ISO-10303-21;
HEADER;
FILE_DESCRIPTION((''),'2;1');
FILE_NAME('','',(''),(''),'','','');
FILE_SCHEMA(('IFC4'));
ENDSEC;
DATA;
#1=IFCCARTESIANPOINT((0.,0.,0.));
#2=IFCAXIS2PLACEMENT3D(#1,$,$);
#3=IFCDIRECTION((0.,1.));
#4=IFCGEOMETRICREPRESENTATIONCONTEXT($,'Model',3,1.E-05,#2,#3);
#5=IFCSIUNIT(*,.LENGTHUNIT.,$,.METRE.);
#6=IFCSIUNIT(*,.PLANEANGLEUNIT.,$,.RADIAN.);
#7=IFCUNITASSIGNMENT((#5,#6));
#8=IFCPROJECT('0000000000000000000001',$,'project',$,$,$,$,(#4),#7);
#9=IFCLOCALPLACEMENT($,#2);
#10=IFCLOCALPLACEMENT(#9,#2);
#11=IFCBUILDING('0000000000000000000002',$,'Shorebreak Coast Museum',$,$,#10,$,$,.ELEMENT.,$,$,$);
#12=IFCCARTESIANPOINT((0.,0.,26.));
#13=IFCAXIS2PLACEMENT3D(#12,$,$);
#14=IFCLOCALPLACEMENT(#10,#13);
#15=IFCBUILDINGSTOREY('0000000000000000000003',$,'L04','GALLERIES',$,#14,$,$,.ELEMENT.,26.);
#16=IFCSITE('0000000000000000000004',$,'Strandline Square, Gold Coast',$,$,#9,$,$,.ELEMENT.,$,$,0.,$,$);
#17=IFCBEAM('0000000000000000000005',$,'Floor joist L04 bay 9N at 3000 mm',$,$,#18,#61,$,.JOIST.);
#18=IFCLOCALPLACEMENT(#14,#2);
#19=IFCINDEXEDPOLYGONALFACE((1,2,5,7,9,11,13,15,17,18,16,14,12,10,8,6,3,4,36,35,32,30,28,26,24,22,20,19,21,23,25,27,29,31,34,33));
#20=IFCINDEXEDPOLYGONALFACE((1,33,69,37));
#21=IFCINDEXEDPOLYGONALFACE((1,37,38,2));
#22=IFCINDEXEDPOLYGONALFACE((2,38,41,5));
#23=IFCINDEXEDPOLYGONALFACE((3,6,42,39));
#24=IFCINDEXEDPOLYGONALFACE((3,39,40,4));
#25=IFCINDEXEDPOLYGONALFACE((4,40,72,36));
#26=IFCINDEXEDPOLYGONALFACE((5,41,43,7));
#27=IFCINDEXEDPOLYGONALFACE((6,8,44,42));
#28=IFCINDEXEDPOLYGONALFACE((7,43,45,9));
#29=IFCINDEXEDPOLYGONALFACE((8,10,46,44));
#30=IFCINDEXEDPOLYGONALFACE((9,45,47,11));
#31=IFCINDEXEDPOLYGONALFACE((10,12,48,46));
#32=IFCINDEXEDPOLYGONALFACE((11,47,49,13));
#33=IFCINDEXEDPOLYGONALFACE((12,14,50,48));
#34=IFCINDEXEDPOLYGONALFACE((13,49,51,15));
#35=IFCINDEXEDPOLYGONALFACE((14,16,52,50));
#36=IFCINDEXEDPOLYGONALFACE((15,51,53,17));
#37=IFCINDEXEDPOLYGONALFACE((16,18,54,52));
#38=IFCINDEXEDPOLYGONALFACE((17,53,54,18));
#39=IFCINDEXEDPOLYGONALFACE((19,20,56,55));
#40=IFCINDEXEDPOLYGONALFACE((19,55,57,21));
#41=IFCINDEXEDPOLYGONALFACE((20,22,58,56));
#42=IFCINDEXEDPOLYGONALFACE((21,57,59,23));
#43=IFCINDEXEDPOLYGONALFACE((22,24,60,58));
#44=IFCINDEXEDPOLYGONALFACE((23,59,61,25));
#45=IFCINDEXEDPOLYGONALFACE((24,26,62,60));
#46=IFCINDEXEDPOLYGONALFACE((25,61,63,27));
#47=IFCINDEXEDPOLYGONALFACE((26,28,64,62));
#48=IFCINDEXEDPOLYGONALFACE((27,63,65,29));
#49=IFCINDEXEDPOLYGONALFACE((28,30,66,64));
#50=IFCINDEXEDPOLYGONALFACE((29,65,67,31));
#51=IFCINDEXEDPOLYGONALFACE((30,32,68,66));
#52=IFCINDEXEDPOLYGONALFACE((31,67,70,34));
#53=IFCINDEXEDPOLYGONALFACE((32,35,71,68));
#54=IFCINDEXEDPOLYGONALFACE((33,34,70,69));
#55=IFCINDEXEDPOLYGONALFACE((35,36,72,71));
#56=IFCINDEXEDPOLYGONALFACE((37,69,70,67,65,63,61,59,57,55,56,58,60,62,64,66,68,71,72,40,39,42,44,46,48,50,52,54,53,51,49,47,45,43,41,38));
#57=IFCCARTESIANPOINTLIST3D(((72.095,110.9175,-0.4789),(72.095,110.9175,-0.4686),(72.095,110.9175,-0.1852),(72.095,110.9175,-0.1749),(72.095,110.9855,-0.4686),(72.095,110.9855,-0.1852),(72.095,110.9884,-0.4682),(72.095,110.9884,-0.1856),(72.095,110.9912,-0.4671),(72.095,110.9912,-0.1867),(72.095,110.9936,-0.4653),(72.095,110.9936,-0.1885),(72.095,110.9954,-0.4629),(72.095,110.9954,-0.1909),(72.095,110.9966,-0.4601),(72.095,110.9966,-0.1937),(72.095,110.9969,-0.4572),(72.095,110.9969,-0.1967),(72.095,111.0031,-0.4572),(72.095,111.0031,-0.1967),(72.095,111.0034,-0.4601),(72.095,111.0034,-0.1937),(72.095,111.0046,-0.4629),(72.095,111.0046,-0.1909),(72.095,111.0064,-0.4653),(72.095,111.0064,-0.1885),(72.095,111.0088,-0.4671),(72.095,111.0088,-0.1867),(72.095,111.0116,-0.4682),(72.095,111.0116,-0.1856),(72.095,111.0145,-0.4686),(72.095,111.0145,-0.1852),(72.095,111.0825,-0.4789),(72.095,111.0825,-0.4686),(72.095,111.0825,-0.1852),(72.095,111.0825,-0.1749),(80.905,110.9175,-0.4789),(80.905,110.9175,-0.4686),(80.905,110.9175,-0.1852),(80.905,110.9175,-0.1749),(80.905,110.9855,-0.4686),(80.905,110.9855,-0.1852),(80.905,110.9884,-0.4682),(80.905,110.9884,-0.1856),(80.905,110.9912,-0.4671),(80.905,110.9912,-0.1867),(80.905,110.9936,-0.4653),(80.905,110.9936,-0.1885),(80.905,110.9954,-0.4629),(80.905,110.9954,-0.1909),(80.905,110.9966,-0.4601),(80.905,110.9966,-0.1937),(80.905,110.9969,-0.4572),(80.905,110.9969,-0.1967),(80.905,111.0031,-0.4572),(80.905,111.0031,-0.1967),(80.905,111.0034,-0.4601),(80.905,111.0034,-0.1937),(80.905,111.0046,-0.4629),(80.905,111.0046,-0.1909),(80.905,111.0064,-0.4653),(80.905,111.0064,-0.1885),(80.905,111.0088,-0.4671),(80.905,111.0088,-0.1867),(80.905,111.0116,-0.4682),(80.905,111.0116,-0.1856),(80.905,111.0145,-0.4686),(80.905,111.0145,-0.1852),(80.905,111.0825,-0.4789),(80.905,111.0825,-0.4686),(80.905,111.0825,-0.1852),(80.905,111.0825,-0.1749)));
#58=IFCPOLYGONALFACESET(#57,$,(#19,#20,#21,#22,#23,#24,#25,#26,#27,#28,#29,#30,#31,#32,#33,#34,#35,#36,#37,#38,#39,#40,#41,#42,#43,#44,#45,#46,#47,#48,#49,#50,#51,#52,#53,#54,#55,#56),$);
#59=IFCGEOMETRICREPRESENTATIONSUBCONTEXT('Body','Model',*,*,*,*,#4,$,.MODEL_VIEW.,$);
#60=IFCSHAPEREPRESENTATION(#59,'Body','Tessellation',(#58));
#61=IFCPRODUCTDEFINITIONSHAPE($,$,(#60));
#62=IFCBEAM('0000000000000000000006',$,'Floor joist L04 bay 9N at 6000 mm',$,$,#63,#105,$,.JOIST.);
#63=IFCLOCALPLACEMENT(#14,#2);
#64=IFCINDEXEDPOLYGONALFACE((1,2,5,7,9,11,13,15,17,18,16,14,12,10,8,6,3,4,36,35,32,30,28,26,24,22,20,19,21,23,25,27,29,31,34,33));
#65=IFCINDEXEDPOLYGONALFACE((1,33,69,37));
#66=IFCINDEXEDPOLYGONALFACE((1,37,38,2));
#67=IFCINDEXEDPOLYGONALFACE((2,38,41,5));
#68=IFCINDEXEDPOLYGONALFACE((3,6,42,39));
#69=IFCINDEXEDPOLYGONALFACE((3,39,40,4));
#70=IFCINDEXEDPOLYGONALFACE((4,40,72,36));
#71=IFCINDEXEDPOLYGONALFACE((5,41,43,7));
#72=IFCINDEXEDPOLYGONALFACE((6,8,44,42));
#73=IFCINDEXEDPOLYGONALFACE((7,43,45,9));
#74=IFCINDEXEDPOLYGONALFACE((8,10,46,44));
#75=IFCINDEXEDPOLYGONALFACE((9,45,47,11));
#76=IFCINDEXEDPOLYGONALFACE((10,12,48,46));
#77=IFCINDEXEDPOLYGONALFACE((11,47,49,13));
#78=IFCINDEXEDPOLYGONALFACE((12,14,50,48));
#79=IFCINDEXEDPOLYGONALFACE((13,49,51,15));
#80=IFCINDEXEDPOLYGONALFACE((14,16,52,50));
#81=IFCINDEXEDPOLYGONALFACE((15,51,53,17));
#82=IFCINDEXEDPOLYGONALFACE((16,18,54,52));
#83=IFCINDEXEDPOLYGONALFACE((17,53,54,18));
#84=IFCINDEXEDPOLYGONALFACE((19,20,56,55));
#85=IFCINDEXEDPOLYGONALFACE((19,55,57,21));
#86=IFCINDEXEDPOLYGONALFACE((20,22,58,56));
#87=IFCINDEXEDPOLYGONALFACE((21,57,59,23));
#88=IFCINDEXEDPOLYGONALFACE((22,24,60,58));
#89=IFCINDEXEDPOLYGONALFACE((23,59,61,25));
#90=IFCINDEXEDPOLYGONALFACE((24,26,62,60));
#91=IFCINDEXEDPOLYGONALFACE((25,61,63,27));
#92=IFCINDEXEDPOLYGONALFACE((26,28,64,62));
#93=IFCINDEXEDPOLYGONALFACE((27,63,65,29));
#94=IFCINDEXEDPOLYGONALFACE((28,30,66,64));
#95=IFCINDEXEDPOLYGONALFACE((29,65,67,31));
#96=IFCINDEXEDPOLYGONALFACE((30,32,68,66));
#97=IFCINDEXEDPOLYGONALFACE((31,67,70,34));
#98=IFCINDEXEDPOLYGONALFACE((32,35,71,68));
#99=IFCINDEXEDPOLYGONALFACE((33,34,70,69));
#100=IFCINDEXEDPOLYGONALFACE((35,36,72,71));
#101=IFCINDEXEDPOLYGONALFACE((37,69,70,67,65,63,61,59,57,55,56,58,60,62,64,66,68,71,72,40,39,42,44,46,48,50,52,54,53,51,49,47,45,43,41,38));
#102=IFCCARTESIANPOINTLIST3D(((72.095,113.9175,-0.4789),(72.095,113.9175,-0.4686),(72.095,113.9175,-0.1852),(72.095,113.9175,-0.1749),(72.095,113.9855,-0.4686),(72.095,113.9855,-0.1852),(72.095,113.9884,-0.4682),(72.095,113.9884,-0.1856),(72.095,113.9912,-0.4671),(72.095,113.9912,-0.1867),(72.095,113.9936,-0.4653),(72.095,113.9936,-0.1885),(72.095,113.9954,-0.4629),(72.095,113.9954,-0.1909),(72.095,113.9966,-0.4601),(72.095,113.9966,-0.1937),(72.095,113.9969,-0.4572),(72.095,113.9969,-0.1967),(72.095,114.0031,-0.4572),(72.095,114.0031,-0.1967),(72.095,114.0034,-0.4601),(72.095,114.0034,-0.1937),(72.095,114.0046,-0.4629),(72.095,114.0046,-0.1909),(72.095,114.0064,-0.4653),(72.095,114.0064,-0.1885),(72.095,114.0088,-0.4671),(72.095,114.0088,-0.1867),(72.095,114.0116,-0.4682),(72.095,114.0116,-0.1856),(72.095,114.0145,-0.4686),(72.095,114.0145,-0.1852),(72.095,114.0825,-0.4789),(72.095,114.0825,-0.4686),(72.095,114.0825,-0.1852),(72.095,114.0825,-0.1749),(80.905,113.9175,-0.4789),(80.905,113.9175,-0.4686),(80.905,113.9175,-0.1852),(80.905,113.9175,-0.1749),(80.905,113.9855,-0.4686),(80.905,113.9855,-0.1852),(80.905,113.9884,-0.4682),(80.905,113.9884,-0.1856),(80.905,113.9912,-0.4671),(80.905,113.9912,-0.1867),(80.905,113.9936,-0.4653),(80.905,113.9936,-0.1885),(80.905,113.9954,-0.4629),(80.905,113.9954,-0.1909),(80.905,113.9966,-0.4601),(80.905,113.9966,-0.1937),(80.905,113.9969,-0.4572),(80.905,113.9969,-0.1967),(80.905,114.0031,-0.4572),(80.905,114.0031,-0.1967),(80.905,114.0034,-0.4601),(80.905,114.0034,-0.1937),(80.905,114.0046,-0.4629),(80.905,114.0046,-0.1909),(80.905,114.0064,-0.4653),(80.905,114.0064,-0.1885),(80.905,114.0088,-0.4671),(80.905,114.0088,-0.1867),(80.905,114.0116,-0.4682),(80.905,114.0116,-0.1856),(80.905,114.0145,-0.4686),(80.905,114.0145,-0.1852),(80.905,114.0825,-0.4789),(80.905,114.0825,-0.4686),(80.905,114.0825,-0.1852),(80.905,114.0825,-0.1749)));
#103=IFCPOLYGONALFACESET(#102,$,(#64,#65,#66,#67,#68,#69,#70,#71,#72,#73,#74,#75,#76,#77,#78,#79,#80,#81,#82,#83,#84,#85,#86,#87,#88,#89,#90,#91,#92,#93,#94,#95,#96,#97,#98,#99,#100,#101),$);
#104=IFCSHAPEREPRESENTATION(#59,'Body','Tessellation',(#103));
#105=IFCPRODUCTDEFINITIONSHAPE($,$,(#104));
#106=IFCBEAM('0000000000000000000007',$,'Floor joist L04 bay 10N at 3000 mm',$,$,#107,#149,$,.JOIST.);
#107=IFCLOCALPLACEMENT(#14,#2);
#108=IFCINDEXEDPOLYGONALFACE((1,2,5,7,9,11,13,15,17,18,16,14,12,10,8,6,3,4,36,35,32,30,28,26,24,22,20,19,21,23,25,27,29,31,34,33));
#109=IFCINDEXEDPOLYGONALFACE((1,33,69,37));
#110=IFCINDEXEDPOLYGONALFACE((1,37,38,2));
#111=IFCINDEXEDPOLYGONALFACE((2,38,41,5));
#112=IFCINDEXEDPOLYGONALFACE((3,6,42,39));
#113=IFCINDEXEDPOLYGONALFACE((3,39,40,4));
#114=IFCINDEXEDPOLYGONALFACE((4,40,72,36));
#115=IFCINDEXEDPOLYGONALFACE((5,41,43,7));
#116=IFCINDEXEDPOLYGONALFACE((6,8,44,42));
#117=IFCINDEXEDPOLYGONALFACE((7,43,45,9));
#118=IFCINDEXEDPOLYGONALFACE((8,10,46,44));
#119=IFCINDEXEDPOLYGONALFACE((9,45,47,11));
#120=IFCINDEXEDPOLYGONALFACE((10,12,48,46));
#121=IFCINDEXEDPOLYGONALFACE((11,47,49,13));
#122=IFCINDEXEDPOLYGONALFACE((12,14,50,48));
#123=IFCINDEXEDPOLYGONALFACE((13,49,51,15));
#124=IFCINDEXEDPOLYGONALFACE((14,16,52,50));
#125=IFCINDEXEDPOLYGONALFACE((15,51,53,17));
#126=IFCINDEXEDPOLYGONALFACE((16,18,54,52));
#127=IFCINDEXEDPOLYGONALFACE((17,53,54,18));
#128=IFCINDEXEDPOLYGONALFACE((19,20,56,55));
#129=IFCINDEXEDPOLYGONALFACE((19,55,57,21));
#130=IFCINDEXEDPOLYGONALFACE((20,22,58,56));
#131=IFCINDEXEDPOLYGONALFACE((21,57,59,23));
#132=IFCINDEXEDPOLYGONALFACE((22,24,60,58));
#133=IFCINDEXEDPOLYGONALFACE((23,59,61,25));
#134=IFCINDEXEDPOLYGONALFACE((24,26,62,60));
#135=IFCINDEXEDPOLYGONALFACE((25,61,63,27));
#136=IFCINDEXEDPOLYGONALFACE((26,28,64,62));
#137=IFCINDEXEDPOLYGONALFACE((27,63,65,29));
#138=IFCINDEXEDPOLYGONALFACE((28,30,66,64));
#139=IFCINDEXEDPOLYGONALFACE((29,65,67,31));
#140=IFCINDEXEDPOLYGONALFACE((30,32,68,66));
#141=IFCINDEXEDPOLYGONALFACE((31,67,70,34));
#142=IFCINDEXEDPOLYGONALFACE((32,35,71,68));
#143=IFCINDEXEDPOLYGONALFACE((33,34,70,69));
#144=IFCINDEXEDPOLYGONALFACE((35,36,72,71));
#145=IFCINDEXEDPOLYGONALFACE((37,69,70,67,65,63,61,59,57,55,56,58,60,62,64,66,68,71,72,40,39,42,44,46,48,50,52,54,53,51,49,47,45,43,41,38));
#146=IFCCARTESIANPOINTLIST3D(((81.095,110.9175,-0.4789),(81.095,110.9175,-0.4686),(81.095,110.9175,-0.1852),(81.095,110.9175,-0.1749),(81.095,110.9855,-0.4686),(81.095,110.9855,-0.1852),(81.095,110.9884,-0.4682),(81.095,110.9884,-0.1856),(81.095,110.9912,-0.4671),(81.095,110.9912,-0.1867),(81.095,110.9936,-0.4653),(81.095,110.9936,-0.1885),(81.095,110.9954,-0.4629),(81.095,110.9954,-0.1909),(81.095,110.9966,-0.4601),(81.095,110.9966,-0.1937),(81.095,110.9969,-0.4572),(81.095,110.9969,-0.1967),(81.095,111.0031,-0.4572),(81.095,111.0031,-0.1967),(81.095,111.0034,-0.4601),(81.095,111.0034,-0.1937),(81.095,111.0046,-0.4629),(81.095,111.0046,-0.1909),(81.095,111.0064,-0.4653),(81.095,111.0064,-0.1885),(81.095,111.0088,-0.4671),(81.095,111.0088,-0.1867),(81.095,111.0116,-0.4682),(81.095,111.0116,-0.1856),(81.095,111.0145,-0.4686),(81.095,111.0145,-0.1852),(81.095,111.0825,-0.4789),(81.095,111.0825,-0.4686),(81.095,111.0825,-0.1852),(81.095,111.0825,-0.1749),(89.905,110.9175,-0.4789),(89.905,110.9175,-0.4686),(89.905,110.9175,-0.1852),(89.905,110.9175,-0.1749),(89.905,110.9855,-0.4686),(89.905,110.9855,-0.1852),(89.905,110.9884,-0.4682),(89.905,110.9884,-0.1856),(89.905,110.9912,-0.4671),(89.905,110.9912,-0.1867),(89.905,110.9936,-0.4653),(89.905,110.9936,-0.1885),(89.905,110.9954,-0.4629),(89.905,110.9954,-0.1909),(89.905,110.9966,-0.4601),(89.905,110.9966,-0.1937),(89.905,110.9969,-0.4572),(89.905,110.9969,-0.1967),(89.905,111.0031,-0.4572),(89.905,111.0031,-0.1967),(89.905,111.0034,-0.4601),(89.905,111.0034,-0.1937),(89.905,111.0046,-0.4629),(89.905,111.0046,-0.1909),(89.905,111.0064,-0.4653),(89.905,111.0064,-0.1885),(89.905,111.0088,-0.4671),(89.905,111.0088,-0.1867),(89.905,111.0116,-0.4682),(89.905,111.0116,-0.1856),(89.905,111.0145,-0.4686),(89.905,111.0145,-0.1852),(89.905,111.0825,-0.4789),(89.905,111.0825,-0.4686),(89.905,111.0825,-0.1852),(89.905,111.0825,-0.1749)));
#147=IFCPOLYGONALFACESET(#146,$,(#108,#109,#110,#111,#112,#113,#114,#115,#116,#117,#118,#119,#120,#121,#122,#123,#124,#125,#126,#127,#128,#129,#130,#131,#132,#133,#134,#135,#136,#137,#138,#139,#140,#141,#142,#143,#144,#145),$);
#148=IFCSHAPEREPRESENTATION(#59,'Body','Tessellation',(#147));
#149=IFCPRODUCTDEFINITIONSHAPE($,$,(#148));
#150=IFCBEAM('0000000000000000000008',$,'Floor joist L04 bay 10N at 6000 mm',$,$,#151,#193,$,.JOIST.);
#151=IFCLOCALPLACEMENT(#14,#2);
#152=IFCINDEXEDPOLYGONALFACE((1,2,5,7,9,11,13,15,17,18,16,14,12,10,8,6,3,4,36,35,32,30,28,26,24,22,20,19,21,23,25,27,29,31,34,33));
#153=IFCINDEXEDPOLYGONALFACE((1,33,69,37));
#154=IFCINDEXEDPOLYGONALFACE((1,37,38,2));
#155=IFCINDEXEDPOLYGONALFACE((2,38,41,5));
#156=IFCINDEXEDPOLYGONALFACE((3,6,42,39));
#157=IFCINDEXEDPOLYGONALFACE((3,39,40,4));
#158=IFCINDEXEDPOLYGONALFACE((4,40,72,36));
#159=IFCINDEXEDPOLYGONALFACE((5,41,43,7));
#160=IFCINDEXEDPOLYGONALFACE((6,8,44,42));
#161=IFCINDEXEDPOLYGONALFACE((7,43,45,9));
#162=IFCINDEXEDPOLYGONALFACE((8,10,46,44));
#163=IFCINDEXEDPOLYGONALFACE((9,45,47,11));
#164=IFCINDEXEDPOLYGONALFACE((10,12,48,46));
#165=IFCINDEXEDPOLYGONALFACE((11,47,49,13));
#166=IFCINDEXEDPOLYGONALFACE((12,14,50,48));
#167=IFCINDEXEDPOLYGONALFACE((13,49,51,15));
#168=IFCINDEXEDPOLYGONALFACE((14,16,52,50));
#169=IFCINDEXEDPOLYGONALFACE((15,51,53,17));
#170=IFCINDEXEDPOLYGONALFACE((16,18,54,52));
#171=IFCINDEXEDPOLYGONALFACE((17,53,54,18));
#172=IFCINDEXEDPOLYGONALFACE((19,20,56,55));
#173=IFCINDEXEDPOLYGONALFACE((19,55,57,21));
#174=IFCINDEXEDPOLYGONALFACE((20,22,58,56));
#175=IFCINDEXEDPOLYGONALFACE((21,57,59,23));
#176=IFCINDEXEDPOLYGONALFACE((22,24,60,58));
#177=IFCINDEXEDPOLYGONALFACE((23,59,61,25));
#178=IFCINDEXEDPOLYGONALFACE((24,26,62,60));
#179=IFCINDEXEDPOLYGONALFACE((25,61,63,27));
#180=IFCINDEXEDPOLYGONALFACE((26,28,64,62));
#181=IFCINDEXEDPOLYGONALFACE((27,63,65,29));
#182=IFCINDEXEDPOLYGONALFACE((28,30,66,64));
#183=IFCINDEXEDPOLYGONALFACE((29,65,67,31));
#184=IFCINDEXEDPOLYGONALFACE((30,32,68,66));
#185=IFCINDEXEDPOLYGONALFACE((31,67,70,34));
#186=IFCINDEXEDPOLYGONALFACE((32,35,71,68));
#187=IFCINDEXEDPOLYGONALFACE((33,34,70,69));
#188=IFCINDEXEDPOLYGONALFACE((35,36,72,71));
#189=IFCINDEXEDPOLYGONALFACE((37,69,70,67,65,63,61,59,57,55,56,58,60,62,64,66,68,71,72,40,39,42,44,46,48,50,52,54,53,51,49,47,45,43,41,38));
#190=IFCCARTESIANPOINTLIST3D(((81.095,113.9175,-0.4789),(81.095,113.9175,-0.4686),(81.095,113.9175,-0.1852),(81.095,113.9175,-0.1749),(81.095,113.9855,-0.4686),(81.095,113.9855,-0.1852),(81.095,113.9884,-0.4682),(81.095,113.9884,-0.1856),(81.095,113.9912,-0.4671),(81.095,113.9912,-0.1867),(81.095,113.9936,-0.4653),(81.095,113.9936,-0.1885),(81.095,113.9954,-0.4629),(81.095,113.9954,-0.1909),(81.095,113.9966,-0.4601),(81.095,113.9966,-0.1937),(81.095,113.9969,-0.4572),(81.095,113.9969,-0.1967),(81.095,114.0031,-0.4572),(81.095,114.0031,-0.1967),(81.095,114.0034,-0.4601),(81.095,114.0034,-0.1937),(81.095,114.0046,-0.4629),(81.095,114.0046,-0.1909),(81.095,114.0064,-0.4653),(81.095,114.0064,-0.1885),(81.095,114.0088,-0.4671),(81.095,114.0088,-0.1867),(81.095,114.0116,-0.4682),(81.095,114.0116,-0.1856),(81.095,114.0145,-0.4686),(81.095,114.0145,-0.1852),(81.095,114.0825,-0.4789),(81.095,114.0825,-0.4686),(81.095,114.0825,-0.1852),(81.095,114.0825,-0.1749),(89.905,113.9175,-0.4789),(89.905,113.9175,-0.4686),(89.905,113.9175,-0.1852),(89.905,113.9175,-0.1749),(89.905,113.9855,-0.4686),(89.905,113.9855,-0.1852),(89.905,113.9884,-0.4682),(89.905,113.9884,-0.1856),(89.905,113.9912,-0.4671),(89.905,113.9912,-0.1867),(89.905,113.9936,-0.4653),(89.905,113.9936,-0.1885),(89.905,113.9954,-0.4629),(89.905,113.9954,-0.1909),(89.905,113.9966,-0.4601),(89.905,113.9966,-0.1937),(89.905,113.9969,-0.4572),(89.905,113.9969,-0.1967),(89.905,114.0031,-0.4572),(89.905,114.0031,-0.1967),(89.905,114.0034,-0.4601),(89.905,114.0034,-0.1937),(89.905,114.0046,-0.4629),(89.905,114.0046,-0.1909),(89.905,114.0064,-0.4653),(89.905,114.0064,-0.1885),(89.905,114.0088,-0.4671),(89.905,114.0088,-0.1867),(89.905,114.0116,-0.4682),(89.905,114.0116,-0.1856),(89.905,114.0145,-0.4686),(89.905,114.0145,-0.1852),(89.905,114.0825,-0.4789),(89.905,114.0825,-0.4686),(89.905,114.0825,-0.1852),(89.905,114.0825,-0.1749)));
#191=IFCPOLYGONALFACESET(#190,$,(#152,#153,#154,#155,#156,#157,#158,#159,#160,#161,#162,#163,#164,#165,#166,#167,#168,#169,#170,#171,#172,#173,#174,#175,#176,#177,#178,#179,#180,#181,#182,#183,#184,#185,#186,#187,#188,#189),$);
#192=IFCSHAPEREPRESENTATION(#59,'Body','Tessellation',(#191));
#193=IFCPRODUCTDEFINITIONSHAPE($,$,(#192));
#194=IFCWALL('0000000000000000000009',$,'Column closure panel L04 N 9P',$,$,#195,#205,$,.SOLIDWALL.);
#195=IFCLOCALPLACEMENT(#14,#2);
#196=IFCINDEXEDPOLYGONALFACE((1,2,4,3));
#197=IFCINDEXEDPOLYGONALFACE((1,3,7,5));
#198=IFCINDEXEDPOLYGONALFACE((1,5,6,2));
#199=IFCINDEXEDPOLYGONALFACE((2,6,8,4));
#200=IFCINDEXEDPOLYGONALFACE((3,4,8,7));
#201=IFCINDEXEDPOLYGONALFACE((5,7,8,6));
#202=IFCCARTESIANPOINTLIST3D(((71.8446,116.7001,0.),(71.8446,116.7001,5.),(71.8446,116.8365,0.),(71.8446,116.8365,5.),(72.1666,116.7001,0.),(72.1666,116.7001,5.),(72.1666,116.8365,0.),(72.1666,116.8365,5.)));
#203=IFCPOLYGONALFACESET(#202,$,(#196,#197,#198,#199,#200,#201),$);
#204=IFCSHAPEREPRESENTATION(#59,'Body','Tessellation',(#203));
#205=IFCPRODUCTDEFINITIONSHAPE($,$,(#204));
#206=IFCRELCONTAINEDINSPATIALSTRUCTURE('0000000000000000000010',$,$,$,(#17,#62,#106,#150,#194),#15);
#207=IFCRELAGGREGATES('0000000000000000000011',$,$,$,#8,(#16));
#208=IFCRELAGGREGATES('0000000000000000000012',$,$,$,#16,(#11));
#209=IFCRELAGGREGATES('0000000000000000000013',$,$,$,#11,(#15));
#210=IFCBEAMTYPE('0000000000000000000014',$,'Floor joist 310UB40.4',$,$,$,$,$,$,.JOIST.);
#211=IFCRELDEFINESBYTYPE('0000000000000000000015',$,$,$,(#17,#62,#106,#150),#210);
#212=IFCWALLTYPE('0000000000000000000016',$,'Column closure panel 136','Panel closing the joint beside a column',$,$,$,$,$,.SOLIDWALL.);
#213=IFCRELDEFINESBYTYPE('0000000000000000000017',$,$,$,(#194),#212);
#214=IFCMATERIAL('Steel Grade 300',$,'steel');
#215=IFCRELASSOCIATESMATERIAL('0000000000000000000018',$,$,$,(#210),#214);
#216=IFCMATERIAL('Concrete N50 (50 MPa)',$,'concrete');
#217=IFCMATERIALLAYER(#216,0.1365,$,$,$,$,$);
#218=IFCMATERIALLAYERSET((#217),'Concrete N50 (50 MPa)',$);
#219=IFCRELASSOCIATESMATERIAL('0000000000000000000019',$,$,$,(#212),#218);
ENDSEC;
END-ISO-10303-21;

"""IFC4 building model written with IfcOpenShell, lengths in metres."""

from ifc_helpers import new_model, si_unit, direction, frame, frame_2d, origin, origin_2d, place, context, subcontext, project, spatial, rectangle, i_section, extrude, material, layer, layer_set, material_profile, profile_set, type_object, element, save


model = new_model("IFC4")

# Units and contexts
model_context = context("Model", 3, precision=1e-05, world=origin(), true_north=direction((0.0, 1.0)))
body_context = subcontext(model_context, "Body", "Model", "MODEL_VIEW")
ifc_project = project(units=[si_unit("LENGTHUNIT", "METRE"), si_unit("PLANEANGLEUNIT", "RADIAN")], contexts=[model_context])

# Site, building, storey
site_placement = place(None, origin())
site = spatial("IfcSite", under=ifc_project, at=site_placement, Name="Strandline Square, Gold Coast", CompositionType="ELEMENT", RefElevation=0.0)
building_placement = place(site_placement, origin())
building = spatial("IfcBuilding", under=site, at=building_placement, Name="Shorebreak Coast Museum", CompositionType="ELEMENT")
storey_placement = place(building_placement, frame((0.0, 0.0, 26.0)))
storey = spatial("IfcBuildingStorey", under=building, at=storey_placement, Name="L04", Description="GALLERIES", CompositionType="ELEMENT", Elevation=26.0)

# Beams
ifc_material_1 = material(Name="Steel Grade 300", Category="steel")
ifc_material_profile_1 = material_profile(ifc_material_1, i_section(OverallWidth=0.165, OverallDepth=0.304, WebThickness=0.0061, FlangeThickness=0.0103, FilletRadius=0.0115, at=origin_2d()), Name="310UB40.4")
ifc_profile_set_1 = profile_set([ifc_material_profile_1], Name="Steel Grade 300")
beam_type_1 = type_object("IfcBeamType", Name="Floor joist 310UB40.4", PredefinedType="JOIST", material=ifc_profile_set_1)
for number, where, z_axis, x_axis, name in (
    (1, (72.095, 111.0, -0.3269), (1.0, 0.0, 0.0), (0.0, 1.0, 0.0), "Floor joist L04 bay 9N at 3000 mm"),
    (2, (72.095, 114.0, -0.3269), (1.0, 0.0, 0.0), (0.0, 1.0, 0.0), "Floor joist L04 bay 9N at 6000 mm"),
    (3, (81.095, 111.0, -0.3269), (1.0, 0.0, 0.0), (0.0, 1.0, 0.0), "Floor joist L04 bay 10N at 3000 mm"),
    (4, (81.095, 114.0, -0.3269), (1.0, 0.0, 0.0), (0.0, 1.0, 0.0), "Floor joist L04 bay 10N at 6000 mm"),
):
    element("IfcBeam", number, at=place(storey_placement, frame(where, z_axis=z_axis, x_axis=x_axis)), inside=storey, type_object=beam_type_1, Name=name, PredefinedType="JOIST", context=body_context, shape_type="SweptSolid", body=[
        extrude(i_section(OverallWidth=0.165, OverallDepth=0.304, WebThickness=0.0061, FlangeThickness=0.0103, FilletRadius=0.0115, at=origin_2d()), origin(), (0.0, 0.0, 1.0), 8.8101),
    ])

# Wall
ifc_material_2 = material(Name="Concrete N50 (50 MPa)", Category="concrete")
ifc_layer_1 = layer(ifc_material_2, 0.1365)
ifc_layer_set_1 = layer_set([ifc_layer_1], Name="Concrete N50 (50 MPa)")
wall_type_1 = type_object("IfcWallType", Name="Column closure panel 136", Description="Panel closing the joint beside a column", PredefinedType="SOLIDWALL", material=ifc_layer_set_1)
wall_1_placement = place(storey_placement, frame((71.8445, 116.7683, 0.0), z_axis=(0.0, 0.0, 1.0), x_axis=(1.0, 0.0, 0.0)))
element("IfcWall", 5, at=wall_1_placement, inside=storey, type_object=wall_type_1, Name="Column closure panel L04 N 9P", PredefinedType="SOLIDWALL", context=body_context, shape_type="SweptSolid", body=[
    extrude(rectangle(XDim=0.322, YDim=0.1365, at=frame_2d((0.1611, 0.0))), origin(), (0.0, 0.0, 1.0), 5.0),
])

save(model, "model.ifc")
